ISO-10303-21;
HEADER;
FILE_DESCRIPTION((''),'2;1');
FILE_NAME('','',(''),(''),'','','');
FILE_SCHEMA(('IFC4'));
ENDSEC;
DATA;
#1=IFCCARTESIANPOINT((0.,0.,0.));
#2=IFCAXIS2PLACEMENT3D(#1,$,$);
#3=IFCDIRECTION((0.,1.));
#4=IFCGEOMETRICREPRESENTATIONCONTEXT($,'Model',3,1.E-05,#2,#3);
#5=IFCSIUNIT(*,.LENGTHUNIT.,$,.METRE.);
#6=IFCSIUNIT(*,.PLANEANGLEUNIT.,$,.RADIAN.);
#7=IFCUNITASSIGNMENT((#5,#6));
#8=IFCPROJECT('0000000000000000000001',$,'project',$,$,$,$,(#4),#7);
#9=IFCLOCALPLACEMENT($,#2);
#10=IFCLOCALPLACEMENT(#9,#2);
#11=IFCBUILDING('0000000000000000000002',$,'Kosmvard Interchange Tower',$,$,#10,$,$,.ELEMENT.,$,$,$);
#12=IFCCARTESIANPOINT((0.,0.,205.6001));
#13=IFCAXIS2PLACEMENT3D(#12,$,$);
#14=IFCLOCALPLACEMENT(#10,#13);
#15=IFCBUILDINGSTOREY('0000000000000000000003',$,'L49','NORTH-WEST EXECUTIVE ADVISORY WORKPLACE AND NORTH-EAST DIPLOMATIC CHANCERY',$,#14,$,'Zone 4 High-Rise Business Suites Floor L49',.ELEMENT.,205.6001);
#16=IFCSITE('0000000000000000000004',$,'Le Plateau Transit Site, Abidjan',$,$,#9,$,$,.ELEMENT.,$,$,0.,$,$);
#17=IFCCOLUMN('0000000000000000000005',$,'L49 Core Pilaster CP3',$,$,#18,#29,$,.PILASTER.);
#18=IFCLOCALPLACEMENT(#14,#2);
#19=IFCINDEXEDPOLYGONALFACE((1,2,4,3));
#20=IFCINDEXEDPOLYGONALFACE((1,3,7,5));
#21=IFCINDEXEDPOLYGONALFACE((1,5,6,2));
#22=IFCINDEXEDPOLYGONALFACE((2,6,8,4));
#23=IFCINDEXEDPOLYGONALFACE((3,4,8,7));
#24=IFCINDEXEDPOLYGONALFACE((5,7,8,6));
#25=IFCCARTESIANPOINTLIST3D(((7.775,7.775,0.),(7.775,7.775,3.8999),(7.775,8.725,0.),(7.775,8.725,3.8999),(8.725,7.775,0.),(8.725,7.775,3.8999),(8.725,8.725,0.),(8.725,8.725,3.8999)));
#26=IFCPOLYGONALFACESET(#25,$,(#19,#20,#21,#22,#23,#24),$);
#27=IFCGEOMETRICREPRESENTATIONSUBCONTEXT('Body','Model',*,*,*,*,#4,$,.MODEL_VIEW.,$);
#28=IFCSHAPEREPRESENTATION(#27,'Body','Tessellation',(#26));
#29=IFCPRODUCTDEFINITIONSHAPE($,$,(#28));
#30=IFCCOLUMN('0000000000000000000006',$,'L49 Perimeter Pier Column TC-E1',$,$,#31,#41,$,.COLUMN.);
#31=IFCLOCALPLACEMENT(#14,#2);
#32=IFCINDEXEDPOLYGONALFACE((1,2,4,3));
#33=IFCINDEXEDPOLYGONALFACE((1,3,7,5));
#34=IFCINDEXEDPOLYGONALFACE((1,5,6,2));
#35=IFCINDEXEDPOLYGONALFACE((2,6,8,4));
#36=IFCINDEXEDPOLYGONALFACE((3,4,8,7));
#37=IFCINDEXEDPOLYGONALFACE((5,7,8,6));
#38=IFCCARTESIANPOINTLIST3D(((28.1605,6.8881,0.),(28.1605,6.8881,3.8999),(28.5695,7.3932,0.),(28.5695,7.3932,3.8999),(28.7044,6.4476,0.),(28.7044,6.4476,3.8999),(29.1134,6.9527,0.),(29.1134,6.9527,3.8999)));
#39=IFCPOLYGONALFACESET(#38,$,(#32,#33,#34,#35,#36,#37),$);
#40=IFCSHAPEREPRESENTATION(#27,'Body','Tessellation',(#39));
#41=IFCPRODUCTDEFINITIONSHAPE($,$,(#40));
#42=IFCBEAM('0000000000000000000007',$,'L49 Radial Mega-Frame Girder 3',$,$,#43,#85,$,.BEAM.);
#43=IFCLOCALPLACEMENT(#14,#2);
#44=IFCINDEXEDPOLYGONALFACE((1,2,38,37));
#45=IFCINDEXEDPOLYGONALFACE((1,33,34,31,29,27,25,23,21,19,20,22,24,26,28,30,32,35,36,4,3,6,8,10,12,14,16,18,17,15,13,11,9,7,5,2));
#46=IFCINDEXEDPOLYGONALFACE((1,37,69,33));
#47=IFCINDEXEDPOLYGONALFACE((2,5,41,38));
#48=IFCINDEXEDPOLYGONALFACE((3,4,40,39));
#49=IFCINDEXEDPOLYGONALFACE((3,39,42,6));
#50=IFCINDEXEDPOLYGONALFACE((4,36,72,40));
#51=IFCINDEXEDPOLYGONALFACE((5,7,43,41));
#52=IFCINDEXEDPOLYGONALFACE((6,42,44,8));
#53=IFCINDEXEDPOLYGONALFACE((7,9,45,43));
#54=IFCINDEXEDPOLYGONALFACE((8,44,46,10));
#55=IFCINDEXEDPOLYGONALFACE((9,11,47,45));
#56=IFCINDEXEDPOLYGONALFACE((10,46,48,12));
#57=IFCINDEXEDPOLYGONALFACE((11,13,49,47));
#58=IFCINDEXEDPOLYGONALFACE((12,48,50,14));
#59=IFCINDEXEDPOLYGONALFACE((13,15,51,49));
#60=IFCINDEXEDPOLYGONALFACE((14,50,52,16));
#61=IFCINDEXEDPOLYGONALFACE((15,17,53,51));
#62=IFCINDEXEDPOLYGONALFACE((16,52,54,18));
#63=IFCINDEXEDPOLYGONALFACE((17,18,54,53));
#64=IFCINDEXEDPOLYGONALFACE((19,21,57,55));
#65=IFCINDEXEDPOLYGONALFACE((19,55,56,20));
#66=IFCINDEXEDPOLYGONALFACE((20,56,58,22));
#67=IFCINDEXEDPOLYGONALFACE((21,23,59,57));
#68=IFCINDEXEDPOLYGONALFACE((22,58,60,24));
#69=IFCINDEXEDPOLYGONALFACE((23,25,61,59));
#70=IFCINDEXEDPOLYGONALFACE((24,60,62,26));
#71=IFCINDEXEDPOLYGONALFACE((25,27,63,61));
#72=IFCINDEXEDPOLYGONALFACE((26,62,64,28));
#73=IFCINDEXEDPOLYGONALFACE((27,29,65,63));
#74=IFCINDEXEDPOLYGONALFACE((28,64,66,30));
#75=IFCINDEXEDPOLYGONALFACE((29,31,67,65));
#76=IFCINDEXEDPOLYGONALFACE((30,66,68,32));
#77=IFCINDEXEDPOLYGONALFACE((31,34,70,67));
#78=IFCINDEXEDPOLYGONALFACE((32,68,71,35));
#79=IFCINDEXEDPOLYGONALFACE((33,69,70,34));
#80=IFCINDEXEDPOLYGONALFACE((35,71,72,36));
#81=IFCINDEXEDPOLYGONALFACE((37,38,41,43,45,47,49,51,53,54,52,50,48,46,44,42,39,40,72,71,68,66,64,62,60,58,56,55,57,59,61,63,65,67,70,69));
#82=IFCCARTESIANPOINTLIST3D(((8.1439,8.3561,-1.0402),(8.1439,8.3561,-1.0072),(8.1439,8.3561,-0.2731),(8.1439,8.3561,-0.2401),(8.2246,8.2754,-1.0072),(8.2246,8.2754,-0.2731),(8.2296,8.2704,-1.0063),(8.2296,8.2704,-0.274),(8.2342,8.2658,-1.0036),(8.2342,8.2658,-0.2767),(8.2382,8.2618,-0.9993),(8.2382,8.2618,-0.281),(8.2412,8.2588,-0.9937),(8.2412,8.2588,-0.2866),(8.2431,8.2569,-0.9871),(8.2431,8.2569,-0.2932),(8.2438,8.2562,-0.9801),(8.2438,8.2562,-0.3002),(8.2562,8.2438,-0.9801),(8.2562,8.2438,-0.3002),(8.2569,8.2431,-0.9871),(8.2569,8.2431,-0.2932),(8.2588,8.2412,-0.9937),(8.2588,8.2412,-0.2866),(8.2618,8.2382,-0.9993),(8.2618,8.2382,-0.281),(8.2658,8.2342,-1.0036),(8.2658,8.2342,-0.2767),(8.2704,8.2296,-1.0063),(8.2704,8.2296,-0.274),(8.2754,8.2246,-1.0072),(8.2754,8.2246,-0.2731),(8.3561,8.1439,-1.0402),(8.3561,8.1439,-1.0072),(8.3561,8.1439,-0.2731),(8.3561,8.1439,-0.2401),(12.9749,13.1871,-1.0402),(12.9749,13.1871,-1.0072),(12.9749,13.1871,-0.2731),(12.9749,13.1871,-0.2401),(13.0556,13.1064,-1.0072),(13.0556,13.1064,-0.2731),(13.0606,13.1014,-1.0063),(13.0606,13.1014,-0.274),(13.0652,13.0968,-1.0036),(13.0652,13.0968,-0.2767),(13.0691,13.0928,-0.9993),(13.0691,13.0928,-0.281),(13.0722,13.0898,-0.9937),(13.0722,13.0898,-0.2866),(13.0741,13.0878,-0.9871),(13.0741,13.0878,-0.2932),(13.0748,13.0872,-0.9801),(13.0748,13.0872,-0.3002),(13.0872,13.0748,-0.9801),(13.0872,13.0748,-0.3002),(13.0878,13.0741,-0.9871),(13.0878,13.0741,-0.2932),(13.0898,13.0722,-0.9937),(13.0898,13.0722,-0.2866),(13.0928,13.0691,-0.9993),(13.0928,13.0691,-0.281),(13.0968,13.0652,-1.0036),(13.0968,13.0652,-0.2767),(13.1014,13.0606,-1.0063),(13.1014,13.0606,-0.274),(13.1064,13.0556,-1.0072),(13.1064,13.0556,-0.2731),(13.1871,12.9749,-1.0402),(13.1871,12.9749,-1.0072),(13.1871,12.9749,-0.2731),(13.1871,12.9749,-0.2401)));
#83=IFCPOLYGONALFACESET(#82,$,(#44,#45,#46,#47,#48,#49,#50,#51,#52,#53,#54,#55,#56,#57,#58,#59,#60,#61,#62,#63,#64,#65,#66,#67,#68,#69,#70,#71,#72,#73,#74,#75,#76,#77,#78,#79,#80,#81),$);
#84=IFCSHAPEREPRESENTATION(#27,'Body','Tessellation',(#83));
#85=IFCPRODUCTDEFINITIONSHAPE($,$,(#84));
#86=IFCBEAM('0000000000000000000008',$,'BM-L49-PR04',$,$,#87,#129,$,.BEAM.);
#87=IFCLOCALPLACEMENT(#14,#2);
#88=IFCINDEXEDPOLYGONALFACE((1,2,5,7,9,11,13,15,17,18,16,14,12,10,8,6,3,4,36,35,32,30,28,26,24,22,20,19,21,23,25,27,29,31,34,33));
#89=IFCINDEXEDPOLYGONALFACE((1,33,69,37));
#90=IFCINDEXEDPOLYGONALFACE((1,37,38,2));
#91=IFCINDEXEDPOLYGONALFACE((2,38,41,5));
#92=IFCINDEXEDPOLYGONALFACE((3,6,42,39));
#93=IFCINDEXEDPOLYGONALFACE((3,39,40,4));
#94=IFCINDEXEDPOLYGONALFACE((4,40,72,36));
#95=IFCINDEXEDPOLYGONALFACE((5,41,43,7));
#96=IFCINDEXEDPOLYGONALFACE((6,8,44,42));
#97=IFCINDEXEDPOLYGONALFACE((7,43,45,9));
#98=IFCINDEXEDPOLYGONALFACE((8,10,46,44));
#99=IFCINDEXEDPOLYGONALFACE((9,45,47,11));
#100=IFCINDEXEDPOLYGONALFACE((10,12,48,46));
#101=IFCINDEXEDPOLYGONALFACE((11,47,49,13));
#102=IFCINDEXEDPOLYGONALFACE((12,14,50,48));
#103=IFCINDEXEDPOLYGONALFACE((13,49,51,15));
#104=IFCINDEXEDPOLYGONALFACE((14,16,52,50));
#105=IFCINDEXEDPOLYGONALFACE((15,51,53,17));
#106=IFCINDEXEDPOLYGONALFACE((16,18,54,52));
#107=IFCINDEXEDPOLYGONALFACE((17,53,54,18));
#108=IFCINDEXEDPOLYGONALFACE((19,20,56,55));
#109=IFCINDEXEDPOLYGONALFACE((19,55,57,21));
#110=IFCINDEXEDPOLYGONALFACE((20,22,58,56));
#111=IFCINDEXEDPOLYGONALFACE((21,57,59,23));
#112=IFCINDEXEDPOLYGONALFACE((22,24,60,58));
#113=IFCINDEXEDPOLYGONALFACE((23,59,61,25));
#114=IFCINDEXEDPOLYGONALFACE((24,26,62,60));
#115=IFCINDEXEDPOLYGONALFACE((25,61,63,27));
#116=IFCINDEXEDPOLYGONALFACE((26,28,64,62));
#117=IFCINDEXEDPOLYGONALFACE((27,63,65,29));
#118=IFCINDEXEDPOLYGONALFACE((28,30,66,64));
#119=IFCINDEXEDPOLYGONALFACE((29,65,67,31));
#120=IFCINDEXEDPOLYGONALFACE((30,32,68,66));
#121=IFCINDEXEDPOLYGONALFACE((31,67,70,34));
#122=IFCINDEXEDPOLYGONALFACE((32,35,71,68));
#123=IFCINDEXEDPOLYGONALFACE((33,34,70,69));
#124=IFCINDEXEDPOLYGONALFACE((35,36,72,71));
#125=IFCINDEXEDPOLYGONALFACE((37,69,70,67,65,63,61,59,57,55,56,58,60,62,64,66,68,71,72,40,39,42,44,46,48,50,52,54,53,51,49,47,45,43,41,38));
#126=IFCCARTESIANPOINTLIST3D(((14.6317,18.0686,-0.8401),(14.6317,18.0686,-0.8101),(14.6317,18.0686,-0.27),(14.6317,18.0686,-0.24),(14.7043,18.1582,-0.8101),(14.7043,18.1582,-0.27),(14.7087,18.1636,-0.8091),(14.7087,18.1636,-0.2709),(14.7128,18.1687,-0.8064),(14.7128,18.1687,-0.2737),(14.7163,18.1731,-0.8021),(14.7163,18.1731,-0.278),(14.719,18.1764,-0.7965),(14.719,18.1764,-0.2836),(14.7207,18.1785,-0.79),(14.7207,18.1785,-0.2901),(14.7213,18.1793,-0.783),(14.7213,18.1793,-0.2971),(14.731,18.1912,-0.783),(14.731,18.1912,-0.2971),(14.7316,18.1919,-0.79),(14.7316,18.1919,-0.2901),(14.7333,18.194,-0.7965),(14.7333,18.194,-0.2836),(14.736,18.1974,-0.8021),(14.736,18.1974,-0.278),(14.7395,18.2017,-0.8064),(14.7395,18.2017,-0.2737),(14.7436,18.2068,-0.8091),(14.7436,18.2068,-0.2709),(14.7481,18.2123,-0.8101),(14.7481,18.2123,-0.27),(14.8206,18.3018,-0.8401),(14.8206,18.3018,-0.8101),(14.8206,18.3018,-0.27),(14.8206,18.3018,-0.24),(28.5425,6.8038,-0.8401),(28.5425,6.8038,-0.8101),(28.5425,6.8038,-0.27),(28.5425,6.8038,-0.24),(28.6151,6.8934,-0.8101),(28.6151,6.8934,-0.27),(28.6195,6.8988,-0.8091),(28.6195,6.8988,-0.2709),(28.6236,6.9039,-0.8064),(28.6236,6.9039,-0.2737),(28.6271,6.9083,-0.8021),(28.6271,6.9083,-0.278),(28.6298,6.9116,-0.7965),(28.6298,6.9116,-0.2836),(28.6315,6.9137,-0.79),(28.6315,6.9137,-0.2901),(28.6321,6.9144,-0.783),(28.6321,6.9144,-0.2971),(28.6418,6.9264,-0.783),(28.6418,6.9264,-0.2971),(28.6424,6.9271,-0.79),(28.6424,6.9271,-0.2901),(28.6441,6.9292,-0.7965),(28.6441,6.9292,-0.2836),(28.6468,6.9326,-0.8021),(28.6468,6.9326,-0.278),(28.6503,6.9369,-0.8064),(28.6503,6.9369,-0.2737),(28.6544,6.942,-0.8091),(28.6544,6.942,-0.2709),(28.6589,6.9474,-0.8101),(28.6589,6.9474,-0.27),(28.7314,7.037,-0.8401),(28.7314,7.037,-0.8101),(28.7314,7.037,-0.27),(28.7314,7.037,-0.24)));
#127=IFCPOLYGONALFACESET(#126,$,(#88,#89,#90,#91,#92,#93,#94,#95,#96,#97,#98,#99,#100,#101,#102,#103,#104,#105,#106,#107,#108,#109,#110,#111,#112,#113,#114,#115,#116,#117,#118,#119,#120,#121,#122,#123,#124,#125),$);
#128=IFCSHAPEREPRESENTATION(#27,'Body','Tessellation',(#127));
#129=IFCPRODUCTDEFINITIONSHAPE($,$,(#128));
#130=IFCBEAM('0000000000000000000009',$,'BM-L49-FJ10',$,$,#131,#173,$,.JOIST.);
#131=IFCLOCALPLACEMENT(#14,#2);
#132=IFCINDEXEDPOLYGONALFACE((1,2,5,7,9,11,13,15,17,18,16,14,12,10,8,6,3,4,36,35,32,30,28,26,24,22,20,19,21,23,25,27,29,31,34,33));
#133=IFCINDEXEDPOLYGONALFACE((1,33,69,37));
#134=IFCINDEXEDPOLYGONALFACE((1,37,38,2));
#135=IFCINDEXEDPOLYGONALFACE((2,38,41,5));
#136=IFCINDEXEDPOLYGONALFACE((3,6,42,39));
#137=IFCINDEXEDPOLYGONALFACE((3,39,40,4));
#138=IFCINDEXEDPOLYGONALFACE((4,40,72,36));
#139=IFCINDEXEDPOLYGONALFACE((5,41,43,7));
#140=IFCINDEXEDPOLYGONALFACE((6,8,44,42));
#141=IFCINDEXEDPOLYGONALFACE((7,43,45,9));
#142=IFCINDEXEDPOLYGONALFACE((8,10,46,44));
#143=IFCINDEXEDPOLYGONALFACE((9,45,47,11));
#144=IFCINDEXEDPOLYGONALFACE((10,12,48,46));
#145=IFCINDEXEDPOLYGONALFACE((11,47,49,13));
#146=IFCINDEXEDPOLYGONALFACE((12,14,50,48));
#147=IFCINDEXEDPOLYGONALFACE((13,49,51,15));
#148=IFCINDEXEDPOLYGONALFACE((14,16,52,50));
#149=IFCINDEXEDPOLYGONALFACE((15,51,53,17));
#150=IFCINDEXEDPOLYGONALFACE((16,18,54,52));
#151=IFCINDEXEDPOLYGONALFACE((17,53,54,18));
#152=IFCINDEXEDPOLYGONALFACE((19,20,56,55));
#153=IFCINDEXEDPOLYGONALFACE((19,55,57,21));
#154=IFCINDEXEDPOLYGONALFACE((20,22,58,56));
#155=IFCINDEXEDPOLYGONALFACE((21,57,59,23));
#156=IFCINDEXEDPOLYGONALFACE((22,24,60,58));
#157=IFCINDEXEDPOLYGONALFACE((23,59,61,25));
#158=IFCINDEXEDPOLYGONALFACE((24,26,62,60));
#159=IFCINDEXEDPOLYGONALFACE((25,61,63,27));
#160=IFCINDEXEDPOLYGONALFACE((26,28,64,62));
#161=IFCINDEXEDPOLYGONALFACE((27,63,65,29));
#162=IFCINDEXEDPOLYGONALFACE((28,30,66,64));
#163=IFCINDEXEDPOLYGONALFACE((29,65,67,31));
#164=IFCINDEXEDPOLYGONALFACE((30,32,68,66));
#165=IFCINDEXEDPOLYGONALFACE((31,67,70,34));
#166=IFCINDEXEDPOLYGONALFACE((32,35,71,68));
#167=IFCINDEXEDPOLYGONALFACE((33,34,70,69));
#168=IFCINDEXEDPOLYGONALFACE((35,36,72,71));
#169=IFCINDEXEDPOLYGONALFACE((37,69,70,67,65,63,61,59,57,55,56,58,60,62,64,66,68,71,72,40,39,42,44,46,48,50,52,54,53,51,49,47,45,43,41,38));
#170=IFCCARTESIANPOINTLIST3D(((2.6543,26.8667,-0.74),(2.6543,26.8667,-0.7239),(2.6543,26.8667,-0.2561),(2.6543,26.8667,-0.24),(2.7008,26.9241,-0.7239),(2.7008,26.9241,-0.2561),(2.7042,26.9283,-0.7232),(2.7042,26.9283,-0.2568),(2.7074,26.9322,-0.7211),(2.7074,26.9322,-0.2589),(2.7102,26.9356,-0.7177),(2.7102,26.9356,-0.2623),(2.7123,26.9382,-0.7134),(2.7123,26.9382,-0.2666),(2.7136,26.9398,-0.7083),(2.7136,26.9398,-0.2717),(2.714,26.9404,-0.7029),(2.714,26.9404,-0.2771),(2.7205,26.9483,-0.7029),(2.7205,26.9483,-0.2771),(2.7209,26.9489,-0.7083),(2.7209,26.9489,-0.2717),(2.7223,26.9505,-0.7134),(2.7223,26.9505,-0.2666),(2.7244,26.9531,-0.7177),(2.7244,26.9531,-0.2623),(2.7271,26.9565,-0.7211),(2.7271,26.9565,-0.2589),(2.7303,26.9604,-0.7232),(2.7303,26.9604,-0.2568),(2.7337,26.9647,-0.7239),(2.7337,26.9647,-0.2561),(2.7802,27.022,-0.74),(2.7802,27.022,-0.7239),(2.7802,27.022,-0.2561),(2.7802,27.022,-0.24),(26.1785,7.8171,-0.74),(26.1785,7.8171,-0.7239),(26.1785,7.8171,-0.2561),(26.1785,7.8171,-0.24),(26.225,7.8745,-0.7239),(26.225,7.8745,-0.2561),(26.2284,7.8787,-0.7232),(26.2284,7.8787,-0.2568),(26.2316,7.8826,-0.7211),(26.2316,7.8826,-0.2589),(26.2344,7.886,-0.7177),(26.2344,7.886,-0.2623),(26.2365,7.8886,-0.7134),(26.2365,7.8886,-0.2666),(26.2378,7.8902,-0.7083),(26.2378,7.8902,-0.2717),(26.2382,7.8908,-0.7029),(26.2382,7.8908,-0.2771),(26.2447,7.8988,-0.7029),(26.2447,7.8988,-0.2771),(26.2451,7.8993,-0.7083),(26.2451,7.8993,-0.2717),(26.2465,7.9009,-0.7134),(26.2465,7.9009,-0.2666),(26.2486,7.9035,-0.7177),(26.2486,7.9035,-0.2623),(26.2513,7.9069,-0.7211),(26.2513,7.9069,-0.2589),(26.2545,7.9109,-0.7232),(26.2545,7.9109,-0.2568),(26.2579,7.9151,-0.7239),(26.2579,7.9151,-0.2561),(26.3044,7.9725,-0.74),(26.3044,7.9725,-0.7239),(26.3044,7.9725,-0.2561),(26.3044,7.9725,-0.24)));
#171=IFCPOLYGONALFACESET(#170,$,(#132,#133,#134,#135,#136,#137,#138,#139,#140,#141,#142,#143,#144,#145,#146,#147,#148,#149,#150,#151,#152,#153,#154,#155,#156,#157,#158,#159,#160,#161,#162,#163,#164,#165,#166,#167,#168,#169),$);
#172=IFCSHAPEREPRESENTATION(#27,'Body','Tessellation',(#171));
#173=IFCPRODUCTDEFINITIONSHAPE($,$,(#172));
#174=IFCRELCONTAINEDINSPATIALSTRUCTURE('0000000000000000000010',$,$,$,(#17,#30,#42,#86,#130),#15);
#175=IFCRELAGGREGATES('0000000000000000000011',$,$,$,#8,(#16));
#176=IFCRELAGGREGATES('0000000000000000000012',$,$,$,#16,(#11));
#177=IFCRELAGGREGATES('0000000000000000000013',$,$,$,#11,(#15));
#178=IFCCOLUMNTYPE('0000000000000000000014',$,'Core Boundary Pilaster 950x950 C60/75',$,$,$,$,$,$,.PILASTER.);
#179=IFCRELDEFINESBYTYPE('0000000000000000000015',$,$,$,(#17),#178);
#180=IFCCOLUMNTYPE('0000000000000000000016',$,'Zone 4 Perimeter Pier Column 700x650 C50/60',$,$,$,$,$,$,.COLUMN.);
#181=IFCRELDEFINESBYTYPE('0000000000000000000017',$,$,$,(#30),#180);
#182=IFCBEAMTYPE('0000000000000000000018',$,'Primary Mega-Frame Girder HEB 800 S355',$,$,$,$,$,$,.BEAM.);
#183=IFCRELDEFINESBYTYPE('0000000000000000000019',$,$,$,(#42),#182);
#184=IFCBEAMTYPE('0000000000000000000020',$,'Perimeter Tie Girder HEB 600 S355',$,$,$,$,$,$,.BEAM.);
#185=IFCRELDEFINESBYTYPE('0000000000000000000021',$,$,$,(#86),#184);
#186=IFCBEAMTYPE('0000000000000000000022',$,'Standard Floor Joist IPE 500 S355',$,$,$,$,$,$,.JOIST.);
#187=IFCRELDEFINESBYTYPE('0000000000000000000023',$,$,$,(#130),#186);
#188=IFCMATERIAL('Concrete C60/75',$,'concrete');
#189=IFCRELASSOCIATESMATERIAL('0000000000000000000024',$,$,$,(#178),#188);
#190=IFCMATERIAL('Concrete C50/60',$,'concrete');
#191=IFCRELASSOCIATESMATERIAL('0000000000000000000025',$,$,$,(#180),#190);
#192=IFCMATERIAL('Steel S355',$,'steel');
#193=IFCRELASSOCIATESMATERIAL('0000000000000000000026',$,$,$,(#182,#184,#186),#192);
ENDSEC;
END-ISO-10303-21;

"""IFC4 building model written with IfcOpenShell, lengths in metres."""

from ifc_helpers import new_model, si_unit, direction, frame, origin, origin_2d, place, context, subcontext, project, spatial, rectangle, i_section, extrude, source, transform, mapped, material, material_profile, profile_set, type_object, element, save


model = new_model("IFC4")

# Units and contexts
model_context = context("Model", 3, precision=1e-05, world=origin(), true_north=direction((0.0, 1.0)))
body_context = subcontext(model_context, "Body", "Model", "MODEL_VIEW")
ifc_project = project(units=[si_unit("LENGTHUNIT", "METRE"), si_unit("PLANEANGLEUNIT", "RADIAN")], contexts=[model_context])

# Site, building, storey
site_placement = place(None, origin())
site = spatial("IfcSite", under=ifc_project, at=site_placement, Name="Le Plateau Transit Site, Abidjan", CompositionType="ELEMENT", RefElevation=0.0)
building_placement = place(site_placement, origin())
building = spatial("IfcBuilding", under=site, at=building_placement, Name="Kosmvard Interchange Tower", CompositionType="ELEMENT")
storey_placement = place(building_placement, frame((0.0, 0.0, 205.6001)))
storey = spatial("IfcBuildingStorey", under=building, at=storey_placement, Name="L49", Description="NORTH-WEST EXECUTIVE ADVISORY WORKPLACE AND NORTH-EAST DIPLOMATIC CHANCERY", LongName="Zone 4 High-Rise Business Suites Floor L49", CompositionType="ELEMENT", Elevation=205.6001)

# Columns
ifc_material_1 = material(Name="Concrete C60/75", Category="concrete")
ifc_material_profile_1 = material_profile(ifc_material_1, rectangle(XDim=0.95, YDim=0.95, at=origin_2d()), Name="CP 950x950")
ifc_profile_set_1 = profile_set([ifc_material_profile_1], Name="Concrete C60/75")
column_type_1 = type_object("IfcColumnType", Name="Core Boundary Pilaster 950x950 C60/75", PredefinedType="PILASTER", material=ifc_profile_set_1)
shared_shape_1 = source(origin(), body_context, "Body", "SweptSolid", [
    extrude(rectangle(XDim=0.95, YDim=0.95, at=origin_2d()), origin(), (0.0, 0.0, 1.0), 3.8999),
])
column_1_placement = place(storey_placement, frame((8.25, 8.25, 0.0), z_axis=(0.0, 0.0, 1.0), x_axis=(1.0, 0.0, 0.0)))
element("IfcColumn", 1, at=column_1_placement, inside=storey, type_object=column_type_1, Name="L49 Core Pilaster CP3", PredefinedType="PILASTER", context=body_context, shape_type="MappedRepresentation", body=[
    mapped(shared_shape_1, transform((0.0, 0.0, 0.0), scale=1.0)),
])
ifc_material_2 = material(Name="Concrete C50/60", Category="concrete")
ifc_material_profile_2 = material_profile(ifc_material_2, rectangle(XDim=0.6499, YDim=0.7, at=origin_2d()), Name="TC 700x650")
ifc_profile_set_2 = profile_set([ifc_material_profile_2], Name="Concrete C50/60")
column_type_2 = type_object("IfcColumnType", Name="Zone 4 Perimeter Pier Column 700x650 C50/60", PredefinedType="COLUMN", material=ifc_profile_set_2)
shared_shape_2 = source(origin(), body_context, "Body", "SweptSolid", [
    extrude(rectangle(XDim=0.6499, YDim=0.7, at=origin_2d()), origin(), (0.0, 0.0, 1.0), 3.8999),
])
column_2_placement = place(storey_placement, frame((28.637, 6.9204, 0.0), z_axis=(0.0, 0.0, 1.0), x_axis=(0.62932, 0.777146, 0.0)))
element("IfcColumn", 2, at=column_2_placement, inside=storey, type_object=column_type_2, Name="L49 Perimeter Pier Column TC-E1", PredefinedType="COLUMN", context=body_context, shape_type="MappedRepresentation", body=[
    mapped(shared_shape_2, transform((0.0, 0.0, 0.0), scale=1.0)),
])

# Beams
ifc_material_3 = material(Name="Steel S355", Category="steel")
ifc_material_profile_3 = material_profile(ifc_material_3, i_section(OverallWidth=0.3, OverallDepth=0.8, WebThickness=0.0176, FlangeThickness=0.033, FilletRadius=0.0271, at=origin_2d()), Name="HEB 800")
ifc_profile_set_3 = profile_set([ifc_material_profile_3], Name="Steel S355")
beam_type_1 = type_object("IfcBeamType", Name="Primary Mega-Frame Girder HEB 800 S355", PredefinedType="BEAM", material=ifc_profile_set_3)
shared_shape_3 = source(origin(), body_context, "Body", "SweptSolid", [
    extrude(i_section(OverallWidth=0.3, OverallDepth=0.8, WebThickness=0.0176, FlangeThickness=0.033, FilletRadius=0.0271, at=origin_2d()), origin(), (0.0, 0.0, 1.0), 6.832),
])
beam_1_placement = place(storey_placement, frame((8.25, 8.25, -0.6401), z_axis=(0.707107, 0.707107, 0.0), x_axis=(-0.707107, 0.707107, 0.0)))
element("IfcBeam", 3, at=beam_1_placement, inside=storey, type_object=beam_type_1, Name="L49 Radial Mega-Frame Girder 3", PredefinedType="BEAM", context=body_context, shape_type="MappedRepresentation", body=[
    mapped(shared_shape_3, transform((0.0, 0.0, 0.0), scale=1.0)),
])
ifc_material_profile_4 = material_profile(ifc_material_3, i_section(OverallWidth=0.3, OverallDepth=0.6001, WebThickness=0.0154, FlangeThickness=0.03, FilletRadius=0.0271, at=origin_2d()), Name="HEB 600")
ifc_profile_set_4 = profile_set([ifc_material_profile_4], Name="Steel S355")
beam_type_2 = type_object("IfcBeamType", Name="Perimeter Tie Girder HEB 600 S355", PredefinedType="BEAM", material=ifc_profile_set_4)
shared_shape_4 = source(origin(), body_context, "Body", "SweptSolid", [
    extrude(i_section(OverallWidth=0.3, OverallDepth=0.6001, WebThickness=0.0154, FlangeThickness=0.03, FilletRadius=0.0271, at=origin_2d()), origin(), (0.0, 0.0, 1.0), 17.8999),
])
beam_2_placement = place(storey_placement, frame((28.637, 6.9204, -0.54), z_axis=(-0.777144, 0.629323, 0.0), x_axis=(-0.629323, -0.777144, 0.0)))
element("IfcBeam", 4, at=beam_2_placement, inside=storey, type_object=beam_type_2, Name="BM-L49-PR04", PredefinedType="BEAM", context=body_context, shape_type="MappedRepresentation", body=[
    mapped(shared_shape_4, transform((0.0, 0.0, 0.0), scale=1.0)),
])
ifc_material_profile_5 = material_profile(ifc_material_3, i_section(OverallWidth=0.2, OverallDepth=0.5, WebThickness=0.0103, FlangeThickness=0.0161, FilletRadius=0.021, at=origin_2d()), Name="IPE 500")
ifc_profile_set_5 = profile_set([ifc_material_profile_5], Name="Steel S355")
beam_type_3 = type_object("IfcBeamType", Name="Standard Floor Joist IPE 500 S355", PredefinedType="JOIST", material=ifc_profile_set_5)
shared_shape_5 = source(origin(), body_context, "Body", "SweptSolid", [
    extrude(i_section(OverallWidth=0.2, OverallDepth=0.5, WebThickness=0.0103, FlangeThickness=0.0161, FilletRadius=0.021, at=origin_2d()), origin(), (0.0, 0.0, 1.0), 30.27),
])
beam_3_placement = place(storey_placement, frame((26.2415, 7.8948, -0.49), z_axis=(-0.777145, 0.629322, 0.0), x_axis=(-0.629322, -0.777145, 0.0)))
element("IfcBeam", 5, at=beam_3_placement, inside=storey, type_object=beam_type_3, Name="BM-L49-FJ10", PredefinedType="JOIST", context=body_context, shape_type="MappedRepresentation", body=[
    mapped(shared_shape_5, transform((0.0, 0.0, 0.0), scale=1.0)),
])

save(model, "model.ifc")
